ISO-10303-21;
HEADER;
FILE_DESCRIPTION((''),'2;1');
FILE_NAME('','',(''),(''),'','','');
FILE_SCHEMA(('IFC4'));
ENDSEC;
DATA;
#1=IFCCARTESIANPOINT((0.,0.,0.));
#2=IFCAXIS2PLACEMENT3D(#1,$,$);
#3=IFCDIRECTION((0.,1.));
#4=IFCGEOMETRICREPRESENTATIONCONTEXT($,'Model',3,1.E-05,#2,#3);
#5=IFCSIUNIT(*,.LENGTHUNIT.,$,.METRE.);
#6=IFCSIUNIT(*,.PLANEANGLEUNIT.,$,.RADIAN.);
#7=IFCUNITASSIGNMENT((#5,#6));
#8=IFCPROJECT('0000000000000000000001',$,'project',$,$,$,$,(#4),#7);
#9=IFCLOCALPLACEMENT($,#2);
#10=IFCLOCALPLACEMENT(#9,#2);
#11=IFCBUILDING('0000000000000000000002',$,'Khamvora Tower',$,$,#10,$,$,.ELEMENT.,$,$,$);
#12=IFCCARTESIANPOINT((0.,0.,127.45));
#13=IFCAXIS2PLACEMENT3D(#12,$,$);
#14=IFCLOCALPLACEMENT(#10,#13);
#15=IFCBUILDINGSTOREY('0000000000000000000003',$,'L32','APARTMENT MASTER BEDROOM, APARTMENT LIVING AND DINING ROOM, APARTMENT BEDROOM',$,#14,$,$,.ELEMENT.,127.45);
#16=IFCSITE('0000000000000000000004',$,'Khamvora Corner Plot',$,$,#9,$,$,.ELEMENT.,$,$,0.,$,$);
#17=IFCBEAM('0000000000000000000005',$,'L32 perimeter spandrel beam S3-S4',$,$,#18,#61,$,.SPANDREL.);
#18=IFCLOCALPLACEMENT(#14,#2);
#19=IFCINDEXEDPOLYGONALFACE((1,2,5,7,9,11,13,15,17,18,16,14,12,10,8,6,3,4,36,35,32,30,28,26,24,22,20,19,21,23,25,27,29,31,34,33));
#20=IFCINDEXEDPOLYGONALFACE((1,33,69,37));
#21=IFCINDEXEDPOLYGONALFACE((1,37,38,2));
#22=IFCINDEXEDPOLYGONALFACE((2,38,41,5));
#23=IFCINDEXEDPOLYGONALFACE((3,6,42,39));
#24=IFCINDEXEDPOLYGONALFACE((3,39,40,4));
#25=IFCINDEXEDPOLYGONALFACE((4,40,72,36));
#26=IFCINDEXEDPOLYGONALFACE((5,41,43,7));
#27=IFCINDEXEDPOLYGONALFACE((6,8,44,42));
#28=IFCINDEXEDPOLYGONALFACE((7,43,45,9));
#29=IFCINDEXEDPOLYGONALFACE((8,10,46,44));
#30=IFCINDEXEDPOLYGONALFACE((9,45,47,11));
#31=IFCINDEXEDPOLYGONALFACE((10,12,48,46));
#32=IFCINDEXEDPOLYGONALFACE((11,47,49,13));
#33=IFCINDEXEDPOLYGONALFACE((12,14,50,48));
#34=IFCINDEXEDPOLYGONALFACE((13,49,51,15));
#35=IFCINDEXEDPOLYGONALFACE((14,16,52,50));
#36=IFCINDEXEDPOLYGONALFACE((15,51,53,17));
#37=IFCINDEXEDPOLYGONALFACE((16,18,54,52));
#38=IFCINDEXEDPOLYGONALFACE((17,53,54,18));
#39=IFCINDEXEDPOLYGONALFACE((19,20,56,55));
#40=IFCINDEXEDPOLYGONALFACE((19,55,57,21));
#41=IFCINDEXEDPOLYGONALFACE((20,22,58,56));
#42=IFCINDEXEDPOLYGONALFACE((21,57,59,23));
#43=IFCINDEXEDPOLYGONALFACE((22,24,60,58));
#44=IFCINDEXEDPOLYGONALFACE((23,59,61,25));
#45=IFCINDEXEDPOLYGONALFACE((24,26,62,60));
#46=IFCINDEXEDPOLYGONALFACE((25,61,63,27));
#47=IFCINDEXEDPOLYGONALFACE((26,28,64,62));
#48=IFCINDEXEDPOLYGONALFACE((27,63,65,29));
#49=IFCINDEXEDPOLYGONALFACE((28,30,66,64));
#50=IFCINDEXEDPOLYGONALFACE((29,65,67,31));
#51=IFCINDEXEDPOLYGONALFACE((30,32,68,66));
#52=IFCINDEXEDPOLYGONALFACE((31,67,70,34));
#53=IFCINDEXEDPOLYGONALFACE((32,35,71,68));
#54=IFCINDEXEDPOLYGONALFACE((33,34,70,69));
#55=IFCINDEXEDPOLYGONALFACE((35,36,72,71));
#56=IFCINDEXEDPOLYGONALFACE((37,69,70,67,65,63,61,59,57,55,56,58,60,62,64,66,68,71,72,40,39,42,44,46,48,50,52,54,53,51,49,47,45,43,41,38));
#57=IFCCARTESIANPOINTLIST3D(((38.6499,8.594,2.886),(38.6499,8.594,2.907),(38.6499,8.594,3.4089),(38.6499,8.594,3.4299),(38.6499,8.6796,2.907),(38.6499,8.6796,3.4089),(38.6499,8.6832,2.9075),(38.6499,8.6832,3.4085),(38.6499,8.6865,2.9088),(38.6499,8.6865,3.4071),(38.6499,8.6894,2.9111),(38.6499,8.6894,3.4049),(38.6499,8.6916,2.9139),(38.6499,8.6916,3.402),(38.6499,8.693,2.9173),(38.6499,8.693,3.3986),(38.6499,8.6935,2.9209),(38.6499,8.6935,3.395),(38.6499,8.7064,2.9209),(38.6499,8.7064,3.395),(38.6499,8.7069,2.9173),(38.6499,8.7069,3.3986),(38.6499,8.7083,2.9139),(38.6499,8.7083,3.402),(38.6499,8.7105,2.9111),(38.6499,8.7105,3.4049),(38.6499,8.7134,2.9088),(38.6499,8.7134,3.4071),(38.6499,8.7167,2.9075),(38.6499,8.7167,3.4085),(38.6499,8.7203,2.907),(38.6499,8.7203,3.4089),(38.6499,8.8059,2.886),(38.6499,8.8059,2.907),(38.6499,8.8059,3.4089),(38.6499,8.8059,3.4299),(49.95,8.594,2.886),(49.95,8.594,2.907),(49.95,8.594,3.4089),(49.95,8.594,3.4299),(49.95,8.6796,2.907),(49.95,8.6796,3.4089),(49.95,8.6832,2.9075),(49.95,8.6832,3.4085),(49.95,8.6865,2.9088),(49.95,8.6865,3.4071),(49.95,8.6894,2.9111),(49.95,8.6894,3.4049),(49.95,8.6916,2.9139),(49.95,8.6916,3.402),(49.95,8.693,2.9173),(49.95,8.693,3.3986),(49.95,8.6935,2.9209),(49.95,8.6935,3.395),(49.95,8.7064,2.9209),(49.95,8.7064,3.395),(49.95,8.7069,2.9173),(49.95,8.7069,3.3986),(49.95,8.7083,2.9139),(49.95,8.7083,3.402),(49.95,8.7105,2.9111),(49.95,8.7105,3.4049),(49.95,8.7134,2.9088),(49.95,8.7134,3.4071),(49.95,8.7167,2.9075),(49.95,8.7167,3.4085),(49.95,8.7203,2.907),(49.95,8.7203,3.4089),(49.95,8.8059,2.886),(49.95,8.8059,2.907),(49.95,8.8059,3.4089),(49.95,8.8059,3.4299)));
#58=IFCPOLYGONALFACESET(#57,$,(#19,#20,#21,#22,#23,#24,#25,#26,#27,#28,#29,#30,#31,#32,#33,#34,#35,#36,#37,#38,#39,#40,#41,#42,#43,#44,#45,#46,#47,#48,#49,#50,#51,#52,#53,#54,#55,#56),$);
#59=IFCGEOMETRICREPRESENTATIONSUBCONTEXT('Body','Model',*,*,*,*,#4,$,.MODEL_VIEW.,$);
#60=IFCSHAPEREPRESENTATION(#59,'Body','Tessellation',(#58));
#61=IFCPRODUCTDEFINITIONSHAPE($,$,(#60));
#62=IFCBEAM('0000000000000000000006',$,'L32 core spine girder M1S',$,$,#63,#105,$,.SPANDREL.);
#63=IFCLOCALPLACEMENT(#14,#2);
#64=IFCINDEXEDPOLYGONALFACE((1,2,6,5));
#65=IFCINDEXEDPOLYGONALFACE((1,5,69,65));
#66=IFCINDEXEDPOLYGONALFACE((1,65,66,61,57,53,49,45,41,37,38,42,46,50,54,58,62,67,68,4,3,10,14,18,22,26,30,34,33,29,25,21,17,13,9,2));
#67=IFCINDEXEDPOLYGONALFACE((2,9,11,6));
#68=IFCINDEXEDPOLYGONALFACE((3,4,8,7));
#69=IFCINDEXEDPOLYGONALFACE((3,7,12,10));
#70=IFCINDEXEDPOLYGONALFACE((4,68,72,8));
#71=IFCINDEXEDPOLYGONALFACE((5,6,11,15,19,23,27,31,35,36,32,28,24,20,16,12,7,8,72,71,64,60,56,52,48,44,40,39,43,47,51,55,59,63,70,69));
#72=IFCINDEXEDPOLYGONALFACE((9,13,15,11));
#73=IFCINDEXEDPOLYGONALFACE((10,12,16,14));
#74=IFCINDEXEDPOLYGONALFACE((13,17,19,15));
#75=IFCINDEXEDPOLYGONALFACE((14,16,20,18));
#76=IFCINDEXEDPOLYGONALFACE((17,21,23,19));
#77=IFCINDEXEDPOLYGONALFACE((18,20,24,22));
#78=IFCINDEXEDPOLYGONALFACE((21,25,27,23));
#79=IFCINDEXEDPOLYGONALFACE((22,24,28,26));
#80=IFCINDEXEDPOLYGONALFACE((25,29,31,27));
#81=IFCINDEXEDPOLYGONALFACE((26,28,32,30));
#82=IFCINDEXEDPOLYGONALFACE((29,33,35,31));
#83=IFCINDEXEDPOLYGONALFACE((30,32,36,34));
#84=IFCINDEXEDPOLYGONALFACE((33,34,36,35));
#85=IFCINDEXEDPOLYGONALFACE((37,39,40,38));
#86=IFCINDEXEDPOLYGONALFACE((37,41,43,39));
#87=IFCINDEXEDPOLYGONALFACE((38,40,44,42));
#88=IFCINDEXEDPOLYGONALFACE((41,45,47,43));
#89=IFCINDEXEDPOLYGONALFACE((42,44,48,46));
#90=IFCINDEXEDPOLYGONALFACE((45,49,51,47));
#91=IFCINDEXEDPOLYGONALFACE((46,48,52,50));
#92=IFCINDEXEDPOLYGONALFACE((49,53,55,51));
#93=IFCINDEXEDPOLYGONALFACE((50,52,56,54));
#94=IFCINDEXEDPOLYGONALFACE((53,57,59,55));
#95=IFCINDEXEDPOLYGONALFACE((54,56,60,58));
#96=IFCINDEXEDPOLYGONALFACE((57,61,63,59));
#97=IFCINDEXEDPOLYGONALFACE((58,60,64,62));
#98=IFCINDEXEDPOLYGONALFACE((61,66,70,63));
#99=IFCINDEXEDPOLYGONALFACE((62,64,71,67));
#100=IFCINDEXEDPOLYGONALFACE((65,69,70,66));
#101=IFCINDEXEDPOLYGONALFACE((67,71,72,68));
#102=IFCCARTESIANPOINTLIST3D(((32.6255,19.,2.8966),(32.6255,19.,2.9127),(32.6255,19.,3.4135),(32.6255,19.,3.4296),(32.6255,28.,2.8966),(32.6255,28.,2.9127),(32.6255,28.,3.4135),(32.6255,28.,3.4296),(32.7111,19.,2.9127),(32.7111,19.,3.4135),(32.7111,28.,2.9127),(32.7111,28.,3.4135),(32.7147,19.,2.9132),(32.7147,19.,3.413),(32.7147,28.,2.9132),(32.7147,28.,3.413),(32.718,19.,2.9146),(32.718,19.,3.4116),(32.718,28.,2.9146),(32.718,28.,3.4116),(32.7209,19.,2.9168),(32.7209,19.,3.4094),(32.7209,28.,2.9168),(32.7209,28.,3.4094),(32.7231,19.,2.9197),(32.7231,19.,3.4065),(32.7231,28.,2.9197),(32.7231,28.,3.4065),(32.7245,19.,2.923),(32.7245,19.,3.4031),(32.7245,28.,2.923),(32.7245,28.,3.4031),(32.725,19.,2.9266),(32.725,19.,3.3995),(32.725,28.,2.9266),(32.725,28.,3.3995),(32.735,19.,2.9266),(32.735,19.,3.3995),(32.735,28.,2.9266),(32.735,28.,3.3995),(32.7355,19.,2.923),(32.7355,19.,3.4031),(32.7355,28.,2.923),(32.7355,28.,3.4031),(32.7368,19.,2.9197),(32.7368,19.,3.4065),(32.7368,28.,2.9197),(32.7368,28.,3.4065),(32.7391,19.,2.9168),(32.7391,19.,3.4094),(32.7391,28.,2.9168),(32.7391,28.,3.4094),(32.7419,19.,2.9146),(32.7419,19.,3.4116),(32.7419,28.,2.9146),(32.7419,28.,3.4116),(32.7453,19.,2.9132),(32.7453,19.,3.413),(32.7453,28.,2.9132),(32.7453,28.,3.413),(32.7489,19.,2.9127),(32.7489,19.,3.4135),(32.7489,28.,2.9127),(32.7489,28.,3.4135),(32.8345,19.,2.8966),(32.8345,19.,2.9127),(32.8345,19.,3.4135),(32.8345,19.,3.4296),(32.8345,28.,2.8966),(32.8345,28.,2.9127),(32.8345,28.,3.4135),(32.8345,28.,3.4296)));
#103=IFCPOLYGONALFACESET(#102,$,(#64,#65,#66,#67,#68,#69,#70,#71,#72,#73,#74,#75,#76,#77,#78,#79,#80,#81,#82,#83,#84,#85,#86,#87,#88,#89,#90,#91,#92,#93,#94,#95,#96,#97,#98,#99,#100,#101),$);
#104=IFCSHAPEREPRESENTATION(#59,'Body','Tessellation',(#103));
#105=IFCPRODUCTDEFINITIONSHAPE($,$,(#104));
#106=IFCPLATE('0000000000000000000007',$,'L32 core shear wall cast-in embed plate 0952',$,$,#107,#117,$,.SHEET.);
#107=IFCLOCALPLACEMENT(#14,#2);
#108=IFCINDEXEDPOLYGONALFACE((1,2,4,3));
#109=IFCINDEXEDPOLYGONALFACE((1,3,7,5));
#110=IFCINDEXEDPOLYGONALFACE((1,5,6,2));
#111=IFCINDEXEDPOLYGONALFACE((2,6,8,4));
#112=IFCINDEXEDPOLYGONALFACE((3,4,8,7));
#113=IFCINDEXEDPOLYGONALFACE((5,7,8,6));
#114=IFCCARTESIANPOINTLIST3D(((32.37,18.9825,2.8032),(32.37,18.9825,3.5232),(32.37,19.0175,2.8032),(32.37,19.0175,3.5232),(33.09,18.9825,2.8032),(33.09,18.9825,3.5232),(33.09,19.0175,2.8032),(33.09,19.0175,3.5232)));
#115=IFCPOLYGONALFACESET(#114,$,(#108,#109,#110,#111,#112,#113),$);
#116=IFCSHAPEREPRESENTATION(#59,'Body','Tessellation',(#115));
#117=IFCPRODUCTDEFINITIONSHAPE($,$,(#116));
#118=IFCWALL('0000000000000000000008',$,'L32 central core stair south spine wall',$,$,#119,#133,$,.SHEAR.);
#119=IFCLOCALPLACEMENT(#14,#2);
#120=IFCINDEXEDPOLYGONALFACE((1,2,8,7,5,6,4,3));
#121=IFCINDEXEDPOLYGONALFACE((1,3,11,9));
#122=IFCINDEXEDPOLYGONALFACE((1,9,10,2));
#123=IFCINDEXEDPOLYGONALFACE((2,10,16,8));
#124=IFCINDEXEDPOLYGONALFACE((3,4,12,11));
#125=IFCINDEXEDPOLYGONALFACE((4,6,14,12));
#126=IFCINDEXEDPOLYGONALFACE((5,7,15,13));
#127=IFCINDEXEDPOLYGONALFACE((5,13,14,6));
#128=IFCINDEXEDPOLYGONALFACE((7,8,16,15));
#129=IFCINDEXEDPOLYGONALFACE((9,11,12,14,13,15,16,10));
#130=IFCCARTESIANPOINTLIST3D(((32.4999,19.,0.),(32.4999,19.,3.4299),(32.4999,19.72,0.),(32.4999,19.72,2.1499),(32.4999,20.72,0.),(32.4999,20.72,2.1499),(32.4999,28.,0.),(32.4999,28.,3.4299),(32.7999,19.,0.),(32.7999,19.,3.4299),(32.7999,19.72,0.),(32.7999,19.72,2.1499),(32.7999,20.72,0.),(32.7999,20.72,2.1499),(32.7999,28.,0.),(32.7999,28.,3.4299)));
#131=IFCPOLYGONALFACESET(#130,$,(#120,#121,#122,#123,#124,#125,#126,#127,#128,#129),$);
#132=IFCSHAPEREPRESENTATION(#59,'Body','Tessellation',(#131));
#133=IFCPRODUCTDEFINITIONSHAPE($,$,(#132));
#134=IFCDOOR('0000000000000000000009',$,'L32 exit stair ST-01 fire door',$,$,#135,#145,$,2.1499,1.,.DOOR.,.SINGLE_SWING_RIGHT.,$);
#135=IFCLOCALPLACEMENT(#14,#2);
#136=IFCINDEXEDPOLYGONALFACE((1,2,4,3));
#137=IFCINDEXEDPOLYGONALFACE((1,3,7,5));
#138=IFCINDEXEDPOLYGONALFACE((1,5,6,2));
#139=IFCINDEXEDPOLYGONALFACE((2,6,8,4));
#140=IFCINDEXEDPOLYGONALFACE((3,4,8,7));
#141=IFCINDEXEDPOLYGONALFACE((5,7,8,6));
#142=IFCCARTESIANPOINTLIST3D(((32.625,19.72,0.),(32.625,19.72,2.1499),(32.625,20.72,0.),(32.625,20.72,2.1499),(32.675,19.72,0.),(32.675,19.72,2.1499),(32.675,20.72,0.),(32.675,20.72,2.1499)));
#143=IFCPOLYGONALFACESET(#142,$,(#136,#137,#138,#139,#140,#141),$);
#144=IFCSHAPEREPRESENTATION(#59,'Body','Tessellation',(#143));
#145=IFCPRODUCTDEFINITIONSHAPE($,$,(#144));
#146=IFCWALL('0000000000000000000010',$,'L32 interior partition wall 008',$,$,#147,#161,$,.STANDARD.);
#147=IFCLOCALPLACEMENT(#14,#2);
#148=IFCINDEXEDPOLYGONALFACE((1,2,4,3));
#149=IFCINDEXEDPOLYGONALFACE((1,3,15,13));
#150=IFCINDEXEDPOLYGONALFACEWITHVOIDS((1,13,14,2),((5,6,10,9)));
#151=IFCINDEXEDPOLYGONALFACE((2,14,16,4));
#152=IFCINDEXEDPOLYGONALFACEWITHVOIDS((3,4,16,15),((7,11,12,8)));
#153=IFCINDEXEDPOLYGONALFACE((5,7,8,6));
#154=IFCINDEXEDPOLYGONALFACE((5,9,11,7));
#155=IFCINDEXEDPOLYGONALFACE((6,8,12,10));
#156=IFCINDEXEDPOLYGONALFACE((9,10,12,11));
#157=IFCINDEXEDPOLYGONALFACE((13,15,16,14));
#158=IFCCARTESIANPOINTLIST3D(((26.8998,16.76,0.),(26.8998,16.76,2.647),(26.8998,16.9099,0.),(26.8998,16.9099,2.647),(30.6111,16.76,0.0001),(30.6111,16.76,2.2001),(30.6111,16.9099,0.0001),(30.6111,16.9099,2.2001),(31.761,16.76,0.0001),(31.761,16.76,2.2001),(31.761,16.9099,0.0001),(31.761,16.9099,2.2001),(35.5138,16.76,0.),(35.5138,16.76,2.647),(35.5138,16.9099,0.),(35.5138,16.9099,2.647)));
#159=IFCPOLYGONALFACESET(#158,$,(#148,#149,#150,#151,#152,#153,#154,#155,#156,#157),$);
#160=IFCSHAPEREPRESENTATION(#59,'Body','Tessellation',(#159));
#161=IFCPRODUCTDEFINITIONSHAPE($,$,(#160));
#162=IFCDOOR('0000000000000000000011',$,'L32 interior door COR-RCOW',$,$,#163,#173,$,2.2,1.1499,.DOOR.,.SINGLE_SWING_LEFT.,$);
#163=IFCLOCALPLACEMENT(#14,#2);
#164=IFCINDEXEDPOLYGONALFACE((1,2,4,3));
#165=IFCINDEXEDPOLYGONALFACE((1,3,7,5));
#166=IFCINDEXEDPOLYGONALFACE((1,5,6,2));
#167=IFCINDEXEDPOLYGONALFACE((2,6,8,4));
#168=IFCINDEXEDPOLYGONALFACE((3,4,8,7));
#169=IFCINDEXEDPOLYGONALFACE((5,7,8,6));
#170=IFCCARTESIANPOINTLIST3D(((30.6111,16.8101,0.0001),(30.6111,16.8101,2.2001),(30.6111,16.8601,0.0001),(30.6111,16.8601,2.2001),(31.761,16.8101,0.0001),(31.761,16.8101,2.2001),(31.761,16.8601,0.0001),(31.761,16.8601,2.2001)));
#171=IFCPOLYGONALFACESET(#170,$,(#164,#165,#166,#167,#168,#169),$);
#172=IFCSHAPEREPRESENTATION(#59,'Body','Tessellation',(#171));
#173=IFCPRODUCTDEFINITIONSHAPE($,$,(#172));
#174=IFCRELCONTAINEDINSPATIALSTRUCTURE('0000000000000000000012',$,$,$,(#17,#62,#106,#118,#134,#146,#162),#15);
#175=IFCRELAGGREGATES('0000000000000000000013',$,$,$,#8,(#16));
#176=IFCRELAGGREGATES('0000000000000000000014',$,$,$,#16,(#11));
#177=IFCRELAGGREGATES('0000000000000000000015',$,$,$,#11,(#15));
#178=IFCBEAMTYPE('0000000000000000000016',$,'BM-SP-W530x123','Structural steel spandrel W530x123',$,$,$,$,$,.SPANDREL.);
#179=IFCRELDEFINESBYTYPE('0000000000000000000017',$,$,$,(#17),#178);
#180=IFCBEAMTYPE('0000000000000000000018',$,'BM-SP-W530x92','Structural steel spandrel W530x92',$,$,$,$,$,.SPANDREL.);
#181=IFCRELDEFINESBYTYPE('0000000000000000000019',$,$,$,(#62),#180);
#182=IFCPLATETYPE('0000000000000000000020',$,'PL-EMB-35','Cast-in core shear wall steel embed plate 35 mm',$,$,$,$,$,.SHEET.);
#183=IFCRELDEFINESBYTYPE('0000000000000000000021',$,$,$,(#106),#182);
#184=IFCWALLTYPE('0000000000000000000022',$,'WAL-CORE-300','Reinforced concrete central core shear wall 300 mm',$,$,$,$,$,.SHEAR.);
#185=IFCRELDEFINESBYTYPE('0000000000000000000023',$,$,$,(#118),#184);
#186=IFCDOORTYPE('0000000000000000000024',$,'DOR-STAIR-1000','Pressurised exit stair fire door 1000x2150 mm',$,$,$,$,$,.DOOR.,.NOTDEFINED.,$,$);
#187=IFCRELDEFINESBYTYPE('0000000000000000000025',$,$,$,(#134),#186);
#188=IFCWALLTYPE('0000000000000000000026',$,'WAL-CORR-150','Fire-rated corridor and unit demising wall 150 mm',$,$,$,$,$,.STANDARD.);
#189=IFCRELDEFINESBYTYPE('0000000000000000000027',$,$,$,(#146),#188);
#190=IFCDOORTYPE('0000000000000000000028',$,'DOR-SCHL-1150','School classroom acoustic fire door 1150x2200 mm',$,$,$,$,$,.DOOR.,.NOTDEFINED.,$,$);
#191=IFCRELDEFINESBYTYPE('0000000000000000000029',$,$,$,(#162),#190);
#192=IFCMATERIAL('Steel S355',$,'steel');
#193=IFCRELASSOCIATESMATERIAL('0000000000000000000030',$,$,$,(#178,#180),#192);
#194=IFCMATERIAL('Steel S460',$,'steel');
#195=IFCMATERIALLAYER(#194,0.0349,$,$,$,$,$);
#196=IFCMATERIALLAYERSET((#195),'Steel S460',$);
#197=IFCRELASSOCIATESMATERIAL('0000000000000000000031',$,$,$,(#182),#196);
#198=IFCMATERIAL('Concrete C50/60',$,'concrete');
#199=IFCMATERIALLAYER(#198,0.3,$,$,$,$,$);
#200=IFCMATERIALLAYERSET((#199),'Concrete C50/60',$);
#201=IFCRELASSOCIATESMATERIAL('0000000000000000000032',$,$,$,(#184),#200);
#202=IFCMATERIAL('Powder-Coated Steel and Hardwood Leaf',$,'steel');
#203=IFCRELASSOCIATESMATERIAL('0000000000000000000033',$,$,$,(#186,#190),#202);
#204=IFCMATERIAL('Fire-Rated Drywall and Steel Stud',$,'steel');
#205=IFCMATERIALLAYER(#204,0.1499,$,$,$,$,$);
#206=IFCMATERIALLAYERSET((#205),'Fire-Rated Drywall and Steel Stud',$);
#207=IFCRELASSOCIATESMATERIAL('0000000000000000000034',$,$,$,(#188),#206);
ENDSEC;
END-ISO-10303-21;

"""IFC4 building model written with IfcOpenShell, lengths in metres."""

from ifc_helpers import new_model, si_unit, direction, frame, frame_2d, origin, origin_2d, place, context, subcontext, project, spatial, rectangle, i_section, extrude, material, layer, layer_set, material_profile, profile_set, type_object, element, fill, save


model = new_model("IFC4")

# Units and contexts
model_context = context("Model", 3, precision=1e-05, world=origin(), true_north=direction((0.0, 1.0)))
body_context = subcontext(model_context, "Body", "Model", "MODEL_VIEW")
ifc_project = project(units=[si_unit("LENGTHUNIT", "METRE"), si_unit("PLANEANGLEUNIT", "RADIAN")], contexts=[model_context])

# Site, building, storey
site_placement = place(None, origin())
site = spatial("IfcSite", under=ifc_project, at=site_placement, Name="Khamvora Corner Plot", CompositionType="ELEMENT", RefElevation=0.0)
building_placement = place(site_placement, origin())
building = spatial("IfcBuilding", under=site, at=building_placement, Name="Khamvora Tower", CompositionType="ELEMENT")
storey_placement = place(building_placement, frame((0.0, 0.0, 127.45)))
storey = spatial("IfcBuildingStorey", under=building, at=storey_placement, Name="L32", Description="APARTMENT MASTER BEDROOM, APARTMENT LIVING AND DINING ROOM, APARTMENT BEDROOM", CompositionType="ELEMENT", Elevation=127.45)

# Shared definitions
ifc_material_1 = material(Name="Steel S355", Category="steel")
ifc_material_2 = material(Name="Steel S460", Category="steel")

# Beams
ifc_material_profile_1 = material_profile(ifc_material_1, i_section(OverallWidth=0.2119, OverallDepth=0.5439, WebThickness=0.0129, FlangeThickness=0.021, FilletRadius=0.0139, at=origin_2d()), Name="W530x123")
ifc_profile_set_1 = profile_set([ifc_material_profile_1], Name="Steel S355")
beam_type_1 = type_object("IfcBeamType", Name="BM-SP-W530x123", Description="Structural steel spandrel W530x123", PredefinedType="SPANDREL", material=ifc_profile_set_1)
beam_1_placement = place(storey_placement, frame((38.6499, 8.7, 3.158), z_axis=(1.0, 0.0, 0.0), x_axis=(0.0, 1.0, 0.0)))
element("IfcBeam", 1, at=beam_1_placement, inside=storey, type_object=beam_type_1, Name="L32 perimeter spandrel beam S3-S4", PredefinedType="SPANDREL", context=body_context, shape_type="SweptSolid", body=[
    extrude(i_section(OverallWidth=0.2119, OverallDepth=0.5439, WebThickness=0.0129, FlangeThickness=0.021, FilletRadius=0.0139, at=origin_2d()), origin(), (0.0, 0.0, 1.0), 11.3),
])
ifc_material_profile_2 = material_profile(ifc_material_1, i_section(OverallWidth=0.209, OverallDepth=0.533, WebThickness=0.01, FlangeThickness=0.0161, FilletRadius=0.0139, at=origin_2d()), Name="W530x92")
ifc_profile_set_2 = profile_set([ifc_material_profile_2], Name="Steel S355")
beam_type_2 = type_object("IfcBeamType", Name="BM-SP-W530x92", Description="Structural steel spandrel W530x92", PredefinedType="SPANDREL", material=ifc_profile_set_2)
beam_2_placement = place(storey_placement, frame((32.73, 19.0, 3.1631), z_axis=(0.0, 1.0, 0.0), x_axis=(-1.0, 0.0, 0.0)))
element("IfcBeam", 2, at=beam_2_placement, inside=storey, type_object=beam_type_2, Name="L32 core spine girder M1S", PredefinedType="SPANDREL", context=body_context, shape_type="SweptSolid", body=[
    extrude(i_section(OverallWidth=0.209, OverallDepth=0.533, WebThickness=0.01, FlangeThickness=0.0161, FilletRadius=0.0139, at=origin_2d()), origin(), (0.0, 0.0, 1.0), 9.0),
])

# Plate
ifc_layer_1 = layer(ifc_material_2, 0.0349)
ifc_layer_set_1 = layer_set([ifc_layer_1], Name="Steel S460")
plate_type = type_object("IfcPlateType", Name="PL-EMB-35", Description="Cast-in core shear wall steel embed plate 35 mm", PredefinedType="SHEET", material=ifc_layer_set_1)
plate_placement = place(storey_placement, frame((32.73, 19.0, 2.8032), z_axis=(0.0, 0.0, 1.0), x_axis=(1.0, 0.0, 0.0)))
element("IfcPlate", 3, at=plate_placement, inside=storey, type_object=plate_type, Name="L32 core shear wall cast-in embed plate 0952", PredefinedType="SHEET", context=body_context, shape_type="SweptSolid", body=[
    extrude(rectangle(XDim=0.72, YDim=0.0349, at=origin_2d()), origin(), (0.0, 0.0, 1.0), 0.72),
])

# Walls, openings, doors
ifc_material_3 = material(Name="Concrete C50/60", Category="concrete")
ifc_layer_2 = layer(ifc_material_3, 0.3)
ifc_layer_set_2 = layer_set([ifc_layer_2], Name="Concrete C50/60")
wall_type_1 = type_object("IfcWallType", Name="WAL-CORE-300", Description="Reinforced concrete central core shear wall 300 mm", PredefinedType="SHEAR", material=ifc_layer_set_2)
wall_1_placement = place(storey_placement, frame((32.6499, 19.0, 0.0), z_axis=(0.0, 0.0, 1.0), x_axis=(0.0, 1.0, 0.0)))
wall_1 = element("IfcWall", 4, at=wall_1_placement, inside=storey, type_object=wall_type_1, Name="L32 central core stair south spine wall", PredefinedType="SHEAR", context=body_context, shape_type="SweptSolid", body=[
    extrude(rectangle(XDim=9.0, YDim=0.3, at=frame_2d((4.5, 0.0))), origin(), (0.0, 0.0, 1.0), 3.4299),
])
opening_1_placement = place(wall_1_placement, frame((0.72, 0.0, 0.0)))
opening_1 = element("IfcOpeningElement", 5, at=opening_1_placement, cuts=wall_1, PredefinedType="OPENING", context=body_context, shape_type="SweptSolid", body=[
    extrude(rectangle(XDim=1.0, YDim=2.1499, at=frame_2d((0.5, 1.075))), frame((0.0, 0.1599, 0.0), z_axis=(0.0, -1.0, 0.0), x_axis=(1.0, 0.0, 0.0)), (0.0, 0.0, 1.0), 0.3201),
])
ifc_material_4 = material(Name="Powder-Coated Steel and Hardwood Leaf", Category="steel")
door_type_1 = type_object("IfcDoorType", Name="DOR-STAIR-1000", Description="Pressurised exit stair fire door 1000x2150 mm", OperationType="NOTDEFINED", PredefinedType="DOOR", material=ifc_material_4)
door_1_placement = place(opening_1_placement, origin())
door_1 = element("IfcDoor", 6, at=door_1_placement, inside=storey, type_object=door_type_1, Name="L32 exit stair ST-01 fire door", OperationType="SINGLE_SWING_RIGHT", OverallHeight=2.1499, OverallWidth=1.0, PredefinedType="DOOR", context=body_context, shape_type="SweptSolid", body=[
    extrude(rectangle(XDim=1.0, YDim=2.1499, at=frame_2d((0.5, 1.075))), frame((0.0, 0.0249, 0.0), z_axis=(0.0, -1.0, 0.0), x_axis=(1.0, 0.0, 0.0)), (0.0, 0.0, 1.0), 0.05),
])
fill(opening_1, door_1)
ifc_material_5 = material(Name="Fire-Rated Drywall and Steel Stud", Category="steel")
ifc_layer_3 = layer(ifc_material_5, 0.1499)
ifc_layer_set_3 = layer_set([ifc_layer_3], Name="Fire-Rated Drywall and Steel Stud")
wall_type_2 = type_object("IfcWallType", Name="WAL-CORR-150", Description="Fire-rated corridor and unit demising wall 150 mm", PredefinedType="STANDARD", material=ifc_layer_set_3)
wall_2_placement = place(storey_placement, frame((35.5139, 16.835, 0.0), z_axis=(0.0, 0.0, 1.0), x_axis=(-1.0, 0.0, 0.0)))
wall_2 = element("IfcWall", 7, at=wall_2_placement, inside=storey, type_object=wall_type_2, Name="L32 interior partition wall 008", PredefinedType="STANDARD", context=body_context, shape_type="SweptSolid", body=[
    extrude(rectangle(XDim=8.614, YDim=0.1499, at=frame_2d((4.3071, 0.0))), origin(), (0.0, 0.0, 1.0), 2.647),
])
opening_2_placement = place(wall_2_placement, frame((3.7529, 0.0, 0.0)))
opening_2 = element("IfcOpeningElement", 8, at=opening_2_placement, cuts=wall_2, PredefinedType="OPENING", context=body_context, shape_type="SweptSolid", body=[
    extrude(rectangle(XDim=1.1499, YDim=2.2, at=frame_2d((0.575, 1.1001))), frame((0.0, 0.085, 0.0), z_axis=(0.0, -1.0, 0.0), x_axis=(1.0, 0.0, 0.0)), (0.0, 0.0, 1.0), 0.1699),
])
door_type_2 = type_object("IfcDoorType", Name="DOR-SCHL-1150", Description="School classroom acoustic fire door 1150x2200 mm", OperationType="NOTDEFINED", PredefinedType="DOOR", material=ifc_material_4)
door_2_placement = place(opening_2_placement, origin())
door_2 = element("IfcDoor", 9, at=door_2_placement, inside=storey, type_object=door_type_2, Name="L32 interior door COR-RCOW", OperationType="SINGLE_SWING_LEFT", OverallHeight=2.2, OverallWidth=1.1499, PredefinedType="DOOR", context=body_context, shape_type="SweptSolid", body=[
    extrude(rectangle(XDim=1.1499, YDim=2.2, at=frame_2d((0.575, 1.1001))), frame((0.0, 0.0249, 0.0), z_axis=(0.0, -1.0, 0.0), x_axis=(1.0, 0.0, 0.0)), (0.0, 0.0, 1.0), 0.05),
])
fill(opening_2, door_2)

save(model, "model.ifc")
